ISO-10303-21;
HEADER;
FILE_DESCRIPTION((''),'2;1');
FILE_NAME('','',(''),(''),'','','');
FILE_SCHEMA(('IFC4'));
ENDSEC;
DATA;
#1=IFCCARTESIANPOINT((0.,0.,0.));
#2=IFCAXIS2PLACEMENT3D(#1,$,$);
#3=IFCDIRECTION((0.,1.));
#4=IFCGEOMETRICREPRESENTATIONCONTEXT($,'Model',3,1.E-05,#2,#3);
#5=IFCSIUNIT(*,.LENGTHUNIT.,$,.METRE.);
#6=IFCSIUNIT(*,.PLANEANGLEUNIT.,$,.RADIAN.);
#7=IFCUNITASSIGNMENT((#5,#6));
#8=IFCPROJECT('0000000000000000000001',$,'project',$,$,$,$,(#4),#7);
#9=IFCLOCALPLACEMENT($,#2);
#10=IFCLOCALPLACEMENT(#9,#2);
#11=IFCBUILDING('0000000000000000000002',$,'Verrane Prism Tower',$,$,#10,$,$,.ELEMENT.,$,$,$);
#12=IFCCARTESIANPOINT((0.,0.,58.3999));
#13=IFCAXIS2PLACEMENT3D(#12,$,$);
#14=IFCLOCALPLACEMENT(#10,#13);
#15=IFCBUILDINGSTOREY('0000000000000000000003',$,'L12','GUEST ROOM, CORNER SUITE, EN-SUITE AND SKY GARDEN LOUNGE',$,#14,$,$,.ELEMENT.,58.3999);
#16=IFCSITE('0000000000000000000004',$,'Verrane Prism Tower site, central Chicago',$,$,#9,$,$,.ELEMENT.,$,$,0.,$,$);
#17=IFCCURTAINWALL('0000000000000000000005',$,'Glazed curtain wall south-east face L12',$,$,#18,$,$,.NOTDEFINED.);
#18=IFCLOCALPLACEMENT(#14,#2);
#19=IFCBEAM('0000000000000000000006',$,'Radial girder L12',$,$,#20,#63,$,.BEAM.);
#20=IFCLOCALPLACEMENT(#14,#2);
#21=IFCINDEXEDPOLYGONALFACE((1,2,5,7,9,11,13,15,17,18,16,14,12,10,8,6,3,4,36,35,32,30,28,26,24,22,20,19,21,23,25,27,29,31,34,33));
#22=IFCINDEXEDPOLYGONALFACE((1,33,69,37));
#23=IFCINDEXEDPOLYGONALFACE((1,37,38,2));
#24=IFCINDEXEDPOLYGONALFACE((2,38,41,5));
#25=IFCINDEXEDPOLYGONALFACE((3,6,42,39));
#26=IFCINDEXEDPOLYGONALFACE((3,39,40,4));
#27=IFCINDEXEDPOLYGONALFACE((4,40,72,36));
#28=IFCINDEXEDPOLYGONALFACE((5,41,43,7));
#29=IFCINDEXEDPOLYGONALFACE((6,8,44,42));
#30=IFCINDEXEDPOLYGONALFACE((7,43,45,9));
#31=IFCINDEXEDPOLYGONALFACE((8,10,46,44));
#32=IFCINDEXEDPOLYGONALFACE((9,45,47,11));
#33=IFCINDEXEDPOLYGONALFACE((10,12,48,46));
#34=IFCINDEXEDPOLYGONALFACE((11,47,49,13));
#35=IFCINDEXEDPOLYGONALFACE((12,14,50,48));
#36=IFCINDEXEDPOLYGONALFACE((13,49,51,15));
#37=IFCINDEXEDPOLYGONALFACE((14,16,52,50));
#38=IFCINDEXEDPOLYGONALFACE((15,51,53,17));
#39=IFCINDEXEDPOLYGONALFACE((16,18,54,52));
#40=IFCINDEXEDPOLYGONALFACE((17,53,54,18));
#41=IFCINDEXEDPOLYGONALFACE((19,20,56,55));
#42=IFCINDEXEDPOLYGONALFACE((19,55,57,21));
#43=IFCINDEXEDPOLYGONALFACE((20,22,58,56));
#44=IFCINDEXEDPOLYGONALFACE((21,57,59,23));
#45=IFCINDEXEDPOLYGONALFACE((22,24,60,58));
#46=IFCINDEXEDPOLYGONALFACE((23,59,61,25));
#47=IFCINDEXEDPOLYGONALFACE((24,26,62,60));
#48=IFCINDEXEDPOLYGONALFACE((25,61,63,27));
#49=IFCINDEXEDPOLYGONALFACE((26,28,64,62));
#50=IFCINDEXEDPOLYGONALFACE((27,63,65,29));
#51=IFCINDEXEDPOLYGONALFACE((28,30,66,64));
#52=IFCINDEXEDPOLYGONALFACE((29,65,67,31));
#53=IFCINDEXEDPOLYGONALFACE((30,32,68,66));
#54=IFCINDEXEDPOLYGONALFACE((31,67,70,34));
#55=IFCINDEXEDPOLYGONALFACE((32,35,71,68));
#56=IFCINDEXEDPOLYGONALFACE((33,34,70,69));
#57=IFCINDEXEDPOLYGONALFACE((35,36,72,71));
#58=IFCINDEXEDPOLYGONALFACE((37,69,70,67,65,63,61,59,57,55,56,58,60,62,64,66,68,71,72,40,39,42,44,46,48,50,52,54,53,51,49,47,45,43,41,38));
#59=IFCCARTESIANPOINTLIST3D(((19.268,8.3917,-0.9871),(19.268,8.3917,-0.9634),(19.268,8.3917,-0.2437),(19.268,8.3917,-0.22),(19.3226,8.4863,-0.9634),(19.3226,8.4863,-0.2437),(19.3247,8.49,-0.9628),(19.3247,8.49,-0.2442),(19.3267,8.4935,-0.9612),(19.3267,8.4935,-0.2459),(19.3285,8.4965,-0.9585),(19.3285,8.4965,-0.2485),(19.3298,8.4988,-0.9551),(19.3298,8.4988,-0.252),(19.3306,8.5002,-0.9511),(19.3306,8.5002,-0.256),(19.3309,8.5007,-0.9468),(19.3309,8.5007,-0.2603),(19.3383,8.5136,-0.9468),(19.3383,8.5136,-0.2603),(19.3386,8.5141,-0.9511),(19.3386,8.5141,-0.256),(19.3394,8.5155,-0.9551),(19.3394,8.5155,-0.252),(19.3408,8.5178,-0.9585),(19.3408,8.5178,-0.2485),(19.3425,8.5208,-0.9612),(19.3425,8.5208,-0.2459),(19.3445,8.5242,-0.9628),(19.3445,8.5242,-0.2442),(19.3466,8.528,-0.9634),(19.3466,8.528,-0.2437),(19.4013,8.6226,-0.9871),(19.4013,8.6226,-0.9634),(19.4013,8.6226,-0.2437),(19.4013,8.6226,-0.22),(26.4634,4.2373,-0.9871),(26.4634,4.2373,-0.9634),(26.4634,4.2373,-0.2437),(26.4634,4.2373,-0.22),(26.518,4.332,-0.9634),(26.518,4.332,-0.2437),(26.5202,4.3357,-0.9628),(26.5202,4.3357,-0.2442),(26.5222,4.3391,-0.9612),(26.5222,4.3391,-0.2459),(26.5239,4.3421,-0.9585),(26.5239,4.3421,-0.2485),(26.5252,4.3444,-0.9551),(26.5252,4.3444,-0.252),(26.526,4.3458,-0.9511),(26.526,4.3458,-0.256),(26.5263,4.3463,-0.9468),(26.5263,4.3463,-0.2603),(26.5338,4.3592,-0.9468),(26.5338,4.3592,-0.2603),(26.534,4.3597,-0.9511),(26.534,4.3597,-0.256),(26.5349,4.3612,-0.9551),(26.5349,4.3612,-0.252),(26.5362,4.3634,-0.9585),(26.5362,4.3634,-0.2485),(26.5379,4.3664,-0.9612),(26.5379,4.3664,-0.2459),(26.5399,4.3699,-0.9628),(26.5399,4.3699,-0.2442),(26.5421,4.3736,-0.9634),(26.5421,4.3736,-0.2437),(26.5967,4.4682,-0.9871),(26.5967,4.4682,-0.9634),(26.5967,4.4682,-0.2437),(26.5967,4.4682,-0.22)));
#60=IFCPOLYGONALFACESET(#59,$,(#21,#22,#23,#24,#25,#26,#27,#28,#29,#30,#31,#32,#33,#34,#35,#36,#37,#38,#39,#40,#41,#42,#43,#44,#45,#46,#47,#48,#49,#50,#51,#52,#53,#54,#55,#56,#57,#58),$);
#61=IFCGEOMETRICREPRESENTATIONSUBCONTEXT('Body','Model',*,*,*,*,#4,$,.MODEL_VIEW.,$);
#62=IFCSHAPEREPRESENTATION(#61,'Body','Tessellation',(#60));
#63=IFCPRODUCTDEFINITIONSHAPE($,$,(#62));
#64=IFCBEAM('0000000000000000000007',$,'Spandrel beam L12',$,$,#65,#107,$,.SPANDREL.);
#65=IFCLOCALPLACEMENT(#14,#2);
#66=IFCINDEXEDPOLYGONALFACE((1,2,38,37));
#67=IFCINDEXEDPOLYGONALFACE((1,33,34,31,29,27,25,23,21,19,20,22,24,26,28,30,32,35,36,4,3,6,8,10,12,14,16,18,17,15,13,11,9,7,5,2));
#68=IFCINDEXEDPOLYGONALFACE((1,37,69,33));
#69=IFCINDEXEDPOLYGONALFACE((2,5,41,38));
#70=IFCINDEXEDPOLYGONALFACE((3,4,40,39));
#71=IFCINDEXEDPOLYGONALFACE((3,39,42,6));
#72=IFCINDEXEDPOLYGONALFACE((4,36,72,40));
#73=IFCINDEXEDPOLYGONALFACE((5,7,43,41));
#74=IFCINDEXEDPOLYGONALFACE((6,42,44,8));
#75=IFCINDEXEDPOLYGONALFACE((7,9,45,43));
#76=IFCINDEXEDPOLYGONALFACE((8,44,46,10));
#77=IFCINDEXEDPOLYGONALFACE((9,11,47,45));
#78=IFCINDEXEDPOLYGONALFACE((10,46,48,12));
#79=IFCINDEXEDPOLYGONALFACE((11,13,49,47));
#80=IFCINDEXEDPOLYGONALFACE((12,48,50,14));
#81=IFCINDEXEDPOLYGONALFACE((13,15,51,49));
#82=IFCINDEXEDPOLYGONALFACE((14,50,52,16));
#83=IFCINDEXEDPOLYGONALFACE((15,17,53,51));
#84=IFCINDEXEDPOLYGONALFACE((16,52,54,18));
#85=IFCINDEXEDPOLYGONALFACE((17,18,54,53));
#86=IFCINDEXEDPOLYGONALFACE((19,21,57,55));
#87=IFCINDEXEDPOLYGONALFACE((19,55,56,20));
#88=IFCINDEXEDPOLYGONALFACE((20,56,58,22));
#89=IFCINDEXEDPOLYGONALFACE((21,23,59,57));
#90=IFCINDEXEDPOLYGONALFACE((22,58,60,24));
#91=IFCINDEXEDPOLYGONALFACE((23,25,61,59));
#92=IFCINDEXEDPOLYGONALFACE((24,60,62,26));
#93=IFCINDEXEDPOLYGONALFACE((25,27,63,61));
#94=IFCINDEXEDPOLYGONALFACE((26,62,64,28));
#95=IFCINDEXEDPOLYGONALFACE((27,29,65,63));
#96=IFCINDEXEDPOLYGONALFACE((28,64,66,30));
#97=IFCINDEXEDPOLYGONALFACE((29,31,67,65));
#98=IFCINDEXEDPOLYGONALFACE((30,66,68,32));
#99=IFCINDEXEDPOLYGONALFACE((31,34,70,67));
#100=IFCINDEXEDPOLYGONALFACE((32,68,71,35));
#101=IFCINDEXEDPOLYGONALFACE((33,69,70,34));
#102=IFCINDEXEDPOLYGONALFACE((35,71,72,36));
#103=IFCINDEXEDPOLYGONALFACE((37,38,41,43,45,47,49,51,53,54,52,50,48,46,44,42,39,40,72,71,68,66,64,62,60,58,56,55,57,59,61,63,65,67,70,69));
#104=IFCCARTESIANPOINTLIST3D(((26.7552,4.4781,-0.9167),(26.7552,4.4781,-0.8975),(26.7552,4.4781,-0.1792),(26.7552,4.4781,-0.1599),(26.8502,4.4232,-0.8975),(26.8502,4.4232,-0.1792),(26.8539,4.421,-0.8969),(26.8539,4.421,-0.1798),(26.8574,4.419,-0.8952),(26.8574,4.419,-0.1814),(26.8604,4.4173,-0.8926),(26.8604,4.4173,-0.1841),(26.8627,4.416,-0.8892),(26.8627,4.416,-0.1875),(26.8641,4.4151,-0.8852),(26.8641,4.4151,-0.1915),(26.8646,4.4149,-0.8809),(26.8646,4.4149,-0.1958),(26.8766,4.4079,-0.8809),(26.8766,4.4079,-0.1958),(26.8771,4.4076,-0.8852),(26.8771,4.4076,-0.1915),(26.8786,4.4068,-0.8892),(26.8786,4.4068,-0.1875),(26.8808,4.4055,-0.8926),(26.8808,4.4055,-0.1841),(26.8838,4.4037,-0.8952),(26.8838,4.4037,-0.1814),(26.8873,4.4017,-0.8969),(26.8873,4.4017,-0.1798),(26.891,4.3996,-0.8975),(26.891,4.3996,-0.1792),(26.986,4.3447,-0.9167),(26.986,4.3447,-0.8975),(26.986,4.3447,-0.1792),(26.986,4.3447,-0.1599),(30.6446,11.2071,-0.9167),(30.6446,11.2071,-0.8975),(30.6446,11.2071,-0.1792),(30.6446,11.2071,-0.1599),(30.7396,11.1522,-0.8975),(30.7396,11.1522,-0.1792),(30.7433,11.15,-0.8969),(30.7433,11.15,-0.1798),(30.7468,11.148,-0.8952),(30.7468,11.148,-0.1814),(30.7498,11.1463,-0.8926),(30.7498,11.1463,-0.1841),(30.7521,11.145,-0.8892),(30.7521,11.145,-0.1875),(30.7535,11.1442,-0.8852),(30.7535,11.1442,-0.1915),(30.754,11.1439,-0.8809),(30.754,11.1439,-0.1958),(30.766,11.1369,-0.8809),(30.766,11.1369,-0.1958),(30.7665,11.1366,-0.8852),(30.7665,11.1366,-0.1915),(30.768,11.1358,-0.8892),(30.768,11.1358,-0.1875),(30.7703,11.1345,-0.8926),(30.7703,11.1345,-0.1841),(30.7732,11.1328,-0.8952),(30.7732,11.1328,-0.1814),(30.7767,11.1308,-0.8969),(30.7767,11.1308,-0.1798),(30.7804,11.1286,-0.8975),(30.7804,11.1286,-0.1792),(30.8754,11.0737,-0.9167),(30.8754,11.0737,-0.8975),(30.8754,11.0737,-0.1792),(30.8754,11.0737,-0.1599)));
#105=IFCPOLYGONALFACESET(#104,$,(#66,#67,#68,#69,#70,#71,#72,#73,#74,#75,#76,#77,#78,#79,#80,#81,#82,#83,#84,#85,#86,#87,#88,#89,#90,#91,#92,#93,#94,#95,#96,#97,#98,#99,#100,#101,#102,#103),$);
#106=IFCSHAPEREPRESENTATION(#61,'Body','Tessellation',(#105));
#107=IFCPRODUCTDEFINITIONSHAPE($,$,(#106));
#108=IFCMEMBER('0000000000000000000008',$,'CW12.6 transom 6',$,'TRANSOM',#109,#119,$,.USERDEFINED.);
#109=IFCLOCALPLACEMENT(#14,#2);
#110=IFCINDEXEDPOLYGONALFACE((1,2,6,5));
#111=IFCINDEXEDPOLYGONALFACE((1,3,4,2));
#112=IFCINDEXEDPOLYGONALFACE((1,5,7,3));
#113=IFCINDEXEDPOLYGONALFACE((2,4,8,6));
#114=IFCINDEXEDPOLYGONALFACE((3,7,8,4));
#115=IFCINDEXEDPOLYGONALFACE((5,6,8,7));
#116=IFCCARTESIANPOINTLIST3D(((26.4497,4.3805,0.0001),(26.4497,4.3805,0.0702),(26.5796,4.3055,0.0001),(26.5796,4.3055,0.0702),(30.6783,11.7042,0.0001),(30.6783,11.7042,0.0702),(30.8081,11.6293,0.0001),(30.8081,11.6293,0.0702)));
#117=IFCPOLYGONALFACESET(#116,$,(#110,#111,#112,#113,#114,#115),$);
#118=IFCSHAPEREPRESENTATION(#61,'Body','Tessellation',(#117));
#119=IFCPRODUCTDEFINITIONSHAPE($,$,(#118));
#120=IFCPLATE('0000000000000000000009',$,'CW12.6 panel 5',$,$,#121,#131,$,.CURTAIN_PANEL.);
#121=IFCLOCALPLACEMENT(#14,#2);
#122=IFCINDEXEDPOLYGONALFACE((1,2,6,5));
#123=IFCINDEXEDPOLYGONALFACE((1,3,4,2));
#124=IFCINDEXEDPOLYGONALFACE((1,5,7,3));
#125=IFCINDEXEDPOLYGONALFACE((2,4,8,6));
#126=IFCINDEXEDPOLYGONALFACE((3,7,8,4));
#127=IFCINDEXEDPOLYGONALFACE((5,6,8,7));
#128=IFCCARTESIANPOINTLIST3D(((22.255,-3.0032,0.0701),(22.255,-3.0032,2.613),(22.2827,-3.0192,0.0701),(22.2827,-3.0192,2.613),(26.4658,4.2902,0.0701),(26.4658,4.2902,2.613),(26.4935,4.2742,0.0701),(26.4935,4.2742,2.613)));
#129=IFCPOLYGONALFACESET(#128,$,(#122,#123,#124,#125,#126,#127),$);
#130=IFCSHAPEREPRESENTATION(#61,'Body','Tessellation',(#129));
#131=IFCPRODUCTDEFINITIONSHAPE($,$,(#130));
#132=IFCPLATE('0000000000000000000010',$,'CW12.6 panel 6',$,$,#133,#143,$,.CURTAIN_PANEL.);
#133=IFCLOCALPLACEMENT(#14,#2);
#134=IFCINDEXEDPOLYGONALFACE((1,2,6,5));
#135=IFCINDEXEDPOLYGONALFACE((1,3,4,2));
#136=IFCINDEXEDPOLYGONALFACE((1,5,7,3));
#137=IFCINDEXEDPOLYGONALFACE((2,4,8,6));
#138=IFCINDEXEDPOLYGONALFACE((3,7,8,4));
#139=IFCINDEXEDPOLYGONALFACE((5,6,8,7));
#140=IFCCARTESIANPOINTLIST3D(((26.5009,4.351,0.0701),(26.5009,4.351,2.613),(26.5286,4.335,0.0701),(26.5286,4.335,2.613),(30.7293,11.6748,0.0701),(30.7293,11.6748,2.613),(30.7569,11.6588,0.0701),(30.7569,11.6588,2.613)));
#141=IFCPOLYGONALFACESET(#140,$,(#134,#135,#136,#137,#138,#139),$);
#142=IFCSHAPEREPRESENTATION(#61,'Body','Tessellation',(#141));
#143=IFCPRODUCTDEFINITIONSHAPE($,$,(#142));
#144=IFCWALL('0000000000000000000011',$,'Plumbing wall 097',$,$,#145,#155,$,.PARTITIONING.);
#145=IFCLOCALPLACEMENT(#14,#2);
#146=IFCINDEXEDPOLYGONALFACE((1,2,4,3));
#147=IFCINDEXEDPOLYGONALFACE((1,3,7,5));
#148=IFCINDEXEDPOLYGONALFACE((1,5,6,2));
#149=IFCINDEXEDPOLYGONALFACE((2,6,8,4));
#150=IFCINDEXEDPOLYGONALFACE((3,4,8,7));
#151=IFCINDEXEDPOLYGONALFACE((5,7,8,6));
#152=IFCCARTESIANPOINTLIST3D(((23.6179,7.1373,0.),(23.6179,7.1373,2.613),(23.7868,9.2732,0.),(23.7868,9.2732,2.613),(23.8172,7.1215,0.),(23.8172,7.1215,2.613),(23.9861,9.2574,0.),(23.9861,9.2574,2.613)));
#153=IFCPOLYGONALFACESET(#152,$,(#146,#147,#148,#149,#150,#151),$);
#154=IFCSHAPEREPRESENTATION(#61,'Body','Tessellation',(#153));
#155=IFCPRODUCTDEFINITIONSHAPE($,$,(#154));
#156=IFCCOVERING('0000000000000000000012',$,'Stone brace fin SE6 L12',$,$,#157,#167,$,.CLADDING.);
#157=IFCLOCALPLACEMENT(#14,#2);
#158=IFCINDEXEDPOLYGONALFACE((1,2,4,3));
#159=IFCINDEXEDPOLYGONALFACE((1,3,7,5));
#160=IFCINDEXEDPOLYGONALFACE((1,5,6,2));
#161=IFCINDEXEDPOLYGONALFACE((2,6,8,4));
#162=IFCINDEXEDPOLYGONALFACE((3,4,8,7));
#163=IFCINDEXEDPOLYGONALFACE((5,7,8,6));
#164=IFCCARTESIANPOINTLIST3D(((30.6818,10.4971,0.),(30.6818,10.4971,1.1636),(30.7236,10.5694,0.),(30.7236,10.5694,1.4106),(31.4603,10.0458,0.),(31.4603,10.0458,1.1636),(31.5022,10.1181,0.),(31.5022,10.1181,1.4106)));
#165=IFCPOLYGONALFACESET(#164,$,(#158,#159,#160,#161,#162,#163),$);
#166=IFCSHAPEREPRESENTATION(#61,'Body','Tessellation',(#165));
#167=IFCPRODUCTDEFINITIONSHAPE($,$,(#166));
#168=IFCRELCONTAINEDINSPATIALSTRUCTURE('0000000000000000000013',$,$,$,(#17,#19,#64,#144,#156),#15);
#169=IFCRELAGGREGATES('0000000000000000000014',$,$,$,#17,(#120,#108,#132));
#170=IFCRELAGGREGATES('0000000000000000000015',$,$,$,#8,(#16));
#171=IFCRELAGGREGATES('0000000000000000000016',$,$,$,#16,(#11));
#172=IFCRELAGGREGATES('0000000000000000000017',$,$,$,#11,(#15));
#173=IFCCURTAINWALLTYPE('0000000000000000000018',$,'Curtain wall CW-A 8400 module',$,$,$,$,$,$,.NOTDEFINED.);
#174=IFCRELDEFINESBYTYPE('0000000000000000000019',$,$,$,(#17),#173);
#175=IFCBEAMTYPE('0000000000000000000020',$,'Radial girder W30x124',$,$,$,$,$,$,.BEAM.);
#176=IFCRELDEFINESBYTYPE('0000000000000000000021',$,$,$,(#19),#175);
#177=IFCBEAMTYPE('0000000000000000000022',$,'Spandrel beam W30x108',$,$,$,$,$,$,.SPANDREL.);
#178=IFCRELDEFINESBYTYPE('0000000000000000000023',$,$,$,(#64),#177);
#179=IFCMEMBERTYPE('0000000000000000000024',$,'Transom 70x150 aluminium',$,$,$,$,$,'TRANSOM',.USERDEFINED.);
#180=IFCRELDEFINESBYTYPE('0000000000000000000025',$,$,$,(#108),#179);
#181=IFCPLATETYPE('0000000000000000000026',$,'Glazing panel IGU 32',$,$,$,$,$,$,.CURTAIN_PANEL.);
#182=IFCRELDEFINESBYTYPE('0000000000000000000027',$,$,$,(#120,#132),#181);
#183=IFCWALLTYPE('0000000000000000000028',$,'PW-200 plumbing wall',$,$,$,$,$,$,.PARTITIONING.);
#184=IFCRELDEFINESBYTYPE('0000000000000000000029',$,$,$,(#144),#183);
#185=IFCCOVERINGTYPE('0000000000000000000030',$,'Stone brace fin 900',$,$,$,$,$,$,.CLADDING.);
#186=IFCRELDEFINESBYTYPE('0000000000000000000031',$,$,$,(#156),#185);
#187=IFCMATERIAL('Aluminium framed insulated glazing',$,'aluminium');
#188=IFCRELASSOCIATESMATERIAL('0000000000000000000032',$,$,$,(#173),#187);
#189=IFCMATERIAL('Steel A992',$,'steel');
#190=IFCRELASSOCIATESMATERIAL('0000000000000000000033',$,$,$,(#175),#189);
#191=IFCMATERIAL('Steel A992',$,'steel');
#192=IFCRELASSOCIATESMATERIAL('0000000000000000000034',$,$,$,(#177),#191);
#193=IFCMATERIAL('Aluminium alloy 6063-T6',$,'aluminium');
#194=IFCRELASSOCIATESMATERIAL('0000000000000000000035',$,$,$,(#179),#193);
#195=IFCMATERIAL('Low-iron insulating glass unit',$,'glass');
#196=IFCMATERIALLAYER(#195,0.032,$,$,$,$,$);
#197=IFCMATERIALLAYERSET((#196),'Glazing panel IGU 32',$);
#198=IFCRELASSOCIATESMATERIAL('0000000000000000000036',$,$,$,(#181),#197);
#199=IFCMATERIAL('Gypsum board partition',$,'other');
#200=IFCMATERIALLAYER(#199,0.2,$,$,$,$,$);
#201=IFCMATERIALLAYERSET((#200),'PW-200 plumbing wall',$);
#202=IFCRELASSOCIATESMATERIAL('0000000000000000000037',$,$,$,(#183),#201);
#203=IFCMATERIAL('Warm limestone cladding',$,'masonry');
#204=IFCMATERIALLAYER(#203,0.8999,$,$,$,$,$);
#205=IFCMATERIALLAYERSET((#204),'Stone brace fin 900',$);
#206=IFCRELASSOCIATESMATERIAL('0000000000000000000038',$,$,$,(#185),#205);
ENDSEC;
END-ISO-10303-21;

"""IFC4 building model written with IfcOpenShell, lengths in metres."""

from ifc_helpers import new_model, si_unit, direction, frame, frame_2d, origin, origin_2d, place, context, subcontext, project, spatial, polyline, rectangle, i_section, outline, extrude, material, layer, layer_set, material_profile, profile_set, type_object, element, aggregate, save


model = new_model("IFC4")

# Units and contexts
model_context = context("Model", 3, precision=1e-05, world=origin(), true_north=direction((0.0, 1.0)))
body_context = subcontext(model_context, "Body", "Model", "MODEL_VIEW")
ifc_project = project(units=[si_unit("LENGTHUNIT", "METRE"), si_unit("PLANEANGLEUNIT", "RADIAN")], contexts=[model_context])

# Site, building, storey
site_placement = place(None, origin())
site = spatial("IfcSite", under=ifc_project, at=site_placement, Name="Verrane Prism Tower site, central Chicago", CompositionType="ELEMENT", RefElevation=0.0)
building_placement = place(site_placement, origin())
building = spatial("IfcBuilding", under=site, at=building_placement, Name="Verrane Prism Tower", CompositionType="ELEMENT")
storey_placement = place(building_placement, frame((0.0, 0.0, 58.3999)))
storey = spatial("IfcBuildingStorey", under=building, at=storey_placement, Name="L12", Description="GUEST ROOM, CORNER SUITE, EN-SUITE AND SKY GARDEN LOUNGE", CompositionType="ELEMENT", Elevation=58.3999)

# Curtain wall
ifc_material_1 = material(Name="Aluminium framed insulated glazing", Category="aluminium")
curtain_wall_type = type_object("IfcCurtainWallType", Name="Curtain wall CW-A 8400 module", PredefinedType="NOTDEFINED", material=ifc_material_1)
curtain_wall_placement = place(storey_placement, origin())
curtain_wall = element("IfcCurtainWall", 1, at=curtain_wall_placement, inside=storey, type_object=curtain_wall_type, Name="Glazed curtain wall south-east face L12", PredefinedType="NOTDEFINED")

# Beams
ifc_material_2 = material(Name="Steel A992", Category="steel")
ifc_material_profile_1 = material_profile(ifc_material_2, i_section(OverallWidth=0.2666, OverallDepth=0.7671, WebThickness=0.0149, FlangeThickness=0.0237, FilletRadius=0.0166, at=origin_2d()), Name="W30x124")
ifc_profile_set_1 = profile_set([ifc_material_profile_1], Name="Steel A992")
beam_type_1 = type_object("IfcBeamType", Name="Radial girder W30x124", PredefinedType="BEAM", material=ifc_profile_set_1)
beam_1_placement = place(storey_placement, frame((26.53, 4.3528, -0.6035), z_axis=(-0.866021, 0.500007, 0.0), x_axis=(-0.500007, -0.866021, 0.0)))
element("IfcBeam", 2, at=beam_1_placement, inside=storey, type_object=beam_type_1, Name="Radial girder L12", PredefinedType="BEAM", context=body_context, shape_type="SweptSolid", body=[
    extrude(i_section(OverallWidth=0.2666, OverallDepth=0.7671, WebThickness=0.0149, FlangeThickness=0.0237, FilletRadius=0.0166, at=origin_2d()), origin(), (0.0, 0.0, 1.0), 8.3086),
])
ifc_material_3 = material(Name="Steel A992", Category="steel")
ifc_material_profile_2 = material_profile(ifc_material_3, i_section(OverallWidth=0.2666, OverallDepth=0.7568, WebThickness=0.0139, FlangeThickness=0.0193, FilletRadius=0.0166, at=origin_2d()), Name="W30x108")
ifc_profile_set_2 = profile_set([ifc_material_profile_2], Name="Steel A992")
beam_type_2 = type_object("IfcBeamType", Name="Spandrel beam W30x108", PredefinedType="SPANDREL", material=ifc_profile_set_2)
beam_2_placement = place(storey_placement, frame((26.8706, 4.4114, -0.5383), z_axis=(0.500426, 0.865779, 0.0), x_axis=(-0.865779, 0.500426, 0.0)))
element("IfcBeam", 3, at=beam_2_placement, inside=storey, type_object=beam_type_2, Name="Spandrel beam L12", PredefinedType="SPANDREL", context=body_context, shape_type="SweptSolid", body=[
    extrude(i_section(OverallWidth=0.2666, OverallDepth=0.7568, WebThickness=0.0139, FlangeThickness=0.0193, FilletRadius=0.0166, at=origin_2d()), origin(), (0.0, 0.0, 1.0), 7.7722),
])

# Member
ifc_material_4 = material(Name="Aluminium alloy 6063-T6", Category="aluminium")
ifc_material_profile_3 = material_profile(ifc_material_4, rectangle(XDim=0.1499, YDim=0.0701, at=origin_2d()), Name="Transom 70x150 aluminium")
ifc_profile_set_3 = profile_set([ifc_material_profile_3], Name="Aluminium alloy 6063-T6")
member_type_1 = type_object("IfcMemberType", Name="Transom 70x150 aluminium", ElementType="TRANSOM", PredefinedType="USERDEFINED", material=ifc_profile_set_3)
member_1_placement = place(storey_placement, frame((26.5146, 4.343, 0.0352), z_axis=(0.500014, 0.866017, 0.0), x_axis=(-0.866017, 0.500014, 0.0)))
member_1 = element("IfcMember", 4, at=member_1_placement, type_object=member_type_1, Name="CW12.6 transom 6", ObjectType="TRANSOM", PredefinedType="USERDEFINED", context=body_context, shape_type="SweptSolid", body=[
    extrude(rectangle(XDim=0.1499, YDim=0.0701, at=origin_2d()), origin(), (0.0, 0.0, 1.0), 8.4568),
])

# Plates
ifc_material_5 = material(Name="Low-iron insulating glass unit", Category="glass")
ifc_layer_1 = layer(ifc_material_5, 0.032)
ifc_layer_set_1 = layer_set([ifc_layer_1], Name="Glazing panel IGU 32")
plate_type = type_object("IfcPlateType", Name="Glazing panel IGU 32", PredefinedType="CURTAIN_PANEL", material=ifc_layer_set_1)
plate_1_placement = place(storey_placement, frame((24.3743, 0.6355, 0.0701), z_axis=(0.0, 0.0, 1.0), x_axis=(0.499999, 0.866026, 0.0)))
plate_1 = element("IfcPlate", 5, at=plate_1_placement, type_object=plate_type, Name="CW12.6 panel 5", PredefinedType="CURTAIN_PANEL", context=body_context, shape_type="SweptSolid", body=[
    extrude(rectangle(XDim=8.4216, YDim=0.032, at=origin_2d()), origin(), (0.0, 0.0, 1.0), 2.543),
])
plate_2_placement = place(storey_placement, frame((28.6289, 8.0049, 0.0701), z_axis=(0.0, 0.0, 1.0), x_axis=(0.499999, 0.866026, 0.0)))
plate_2 = element("IfcPlate", 6, at=plate_2_placement, type_object=plate_type, Name="CW12.6 panel 6", PredefinedType="CURTAIN_PANEL", context=body_context, shape_type="SweptSolid", body=[
    extrude(rectangle(XDim=8.4568, YDim=0.032, at=origin_2d()), origin(), (0.0, 0.0, 1.0), 2.543),
])
aggregate(curtain_wall, [plate_1, member_1, plate_2])

# Wall
ifc_material_6 = material(Name="Gypsum board partition", Category="other")
ifc_layer_2 = layer(ifc_material_6, 0.2)
ifc_layer_set_2 = layer_set([ifc_layer_2], Name="PW-200 plumbing wall")
wall_type = type_object("IfcWallType", Name="PW-200 plumbing wall", PredefinedType="PARTITIONING", material=ifc_layer_set_2)
wall_placement = place(storey_placement, frame((23.7175, 7.1294, 0.0), z_axis=(0.0, 0.0, 1.0), x_axis=(0.078849, 0.996887, 0.0)))
element("IfcWall", 7, at=wall_placement, inside=storey, type_object=wall_type, Name="Plumbing wall 097", PredefinedType="PARTITIONING", context=body_context, shape_type="SweptSolid", body=[
    extrude(rectangle(XDim=2.1426, YDim=0.2, at=frame_2d((1.0713, 0.0))), origin(), (0.0, 0.0, 1.0), 2.613),
])

# Covering
ifc_material_7 = material(Name="Warm limestone cladding", Category="masonry")
ifc_layer_3 = layer(ifc_material_7, 0.8999)
ifc_layer_set_3 = layer_set([ifc_layer_3], Name="Stone brace fin 900")
covering_type = type_object("IfcCoveringType", Name="Stone brace fin 900", PredefinedType="CLADDING", material=ifc_layer_set_3)
covering_placement = place(storey_placement, frame((31.071, 10.2715, 0.0), z_axis=(0.0, 0.0, 1.0), x_axis=(0.501499, 0.865158, 0.0)))
element("IfcCovering", 8, at=covering_placement, inside=storey, type_object=covering_type, Name="Stone brace fin SE6 L12", PredefinedType="CLADDING", context=body_context, shape_type="SweptSolid", body=[
    extrude(outline(polyline([(0.0, 0.0), (0.0835, 0.0), (0.0835, 1.4106), (0.0, 1.1636), (0.0, 0.0)])), frame((0.0, 0.45, 0.0), z_axis=(0.0, -1.0, 0.0), x_axis=(1.0, 0.0, 0.0)), (0.0, 0.0, 1.0), 0.8999),
])

save(model, "model.ifc")
